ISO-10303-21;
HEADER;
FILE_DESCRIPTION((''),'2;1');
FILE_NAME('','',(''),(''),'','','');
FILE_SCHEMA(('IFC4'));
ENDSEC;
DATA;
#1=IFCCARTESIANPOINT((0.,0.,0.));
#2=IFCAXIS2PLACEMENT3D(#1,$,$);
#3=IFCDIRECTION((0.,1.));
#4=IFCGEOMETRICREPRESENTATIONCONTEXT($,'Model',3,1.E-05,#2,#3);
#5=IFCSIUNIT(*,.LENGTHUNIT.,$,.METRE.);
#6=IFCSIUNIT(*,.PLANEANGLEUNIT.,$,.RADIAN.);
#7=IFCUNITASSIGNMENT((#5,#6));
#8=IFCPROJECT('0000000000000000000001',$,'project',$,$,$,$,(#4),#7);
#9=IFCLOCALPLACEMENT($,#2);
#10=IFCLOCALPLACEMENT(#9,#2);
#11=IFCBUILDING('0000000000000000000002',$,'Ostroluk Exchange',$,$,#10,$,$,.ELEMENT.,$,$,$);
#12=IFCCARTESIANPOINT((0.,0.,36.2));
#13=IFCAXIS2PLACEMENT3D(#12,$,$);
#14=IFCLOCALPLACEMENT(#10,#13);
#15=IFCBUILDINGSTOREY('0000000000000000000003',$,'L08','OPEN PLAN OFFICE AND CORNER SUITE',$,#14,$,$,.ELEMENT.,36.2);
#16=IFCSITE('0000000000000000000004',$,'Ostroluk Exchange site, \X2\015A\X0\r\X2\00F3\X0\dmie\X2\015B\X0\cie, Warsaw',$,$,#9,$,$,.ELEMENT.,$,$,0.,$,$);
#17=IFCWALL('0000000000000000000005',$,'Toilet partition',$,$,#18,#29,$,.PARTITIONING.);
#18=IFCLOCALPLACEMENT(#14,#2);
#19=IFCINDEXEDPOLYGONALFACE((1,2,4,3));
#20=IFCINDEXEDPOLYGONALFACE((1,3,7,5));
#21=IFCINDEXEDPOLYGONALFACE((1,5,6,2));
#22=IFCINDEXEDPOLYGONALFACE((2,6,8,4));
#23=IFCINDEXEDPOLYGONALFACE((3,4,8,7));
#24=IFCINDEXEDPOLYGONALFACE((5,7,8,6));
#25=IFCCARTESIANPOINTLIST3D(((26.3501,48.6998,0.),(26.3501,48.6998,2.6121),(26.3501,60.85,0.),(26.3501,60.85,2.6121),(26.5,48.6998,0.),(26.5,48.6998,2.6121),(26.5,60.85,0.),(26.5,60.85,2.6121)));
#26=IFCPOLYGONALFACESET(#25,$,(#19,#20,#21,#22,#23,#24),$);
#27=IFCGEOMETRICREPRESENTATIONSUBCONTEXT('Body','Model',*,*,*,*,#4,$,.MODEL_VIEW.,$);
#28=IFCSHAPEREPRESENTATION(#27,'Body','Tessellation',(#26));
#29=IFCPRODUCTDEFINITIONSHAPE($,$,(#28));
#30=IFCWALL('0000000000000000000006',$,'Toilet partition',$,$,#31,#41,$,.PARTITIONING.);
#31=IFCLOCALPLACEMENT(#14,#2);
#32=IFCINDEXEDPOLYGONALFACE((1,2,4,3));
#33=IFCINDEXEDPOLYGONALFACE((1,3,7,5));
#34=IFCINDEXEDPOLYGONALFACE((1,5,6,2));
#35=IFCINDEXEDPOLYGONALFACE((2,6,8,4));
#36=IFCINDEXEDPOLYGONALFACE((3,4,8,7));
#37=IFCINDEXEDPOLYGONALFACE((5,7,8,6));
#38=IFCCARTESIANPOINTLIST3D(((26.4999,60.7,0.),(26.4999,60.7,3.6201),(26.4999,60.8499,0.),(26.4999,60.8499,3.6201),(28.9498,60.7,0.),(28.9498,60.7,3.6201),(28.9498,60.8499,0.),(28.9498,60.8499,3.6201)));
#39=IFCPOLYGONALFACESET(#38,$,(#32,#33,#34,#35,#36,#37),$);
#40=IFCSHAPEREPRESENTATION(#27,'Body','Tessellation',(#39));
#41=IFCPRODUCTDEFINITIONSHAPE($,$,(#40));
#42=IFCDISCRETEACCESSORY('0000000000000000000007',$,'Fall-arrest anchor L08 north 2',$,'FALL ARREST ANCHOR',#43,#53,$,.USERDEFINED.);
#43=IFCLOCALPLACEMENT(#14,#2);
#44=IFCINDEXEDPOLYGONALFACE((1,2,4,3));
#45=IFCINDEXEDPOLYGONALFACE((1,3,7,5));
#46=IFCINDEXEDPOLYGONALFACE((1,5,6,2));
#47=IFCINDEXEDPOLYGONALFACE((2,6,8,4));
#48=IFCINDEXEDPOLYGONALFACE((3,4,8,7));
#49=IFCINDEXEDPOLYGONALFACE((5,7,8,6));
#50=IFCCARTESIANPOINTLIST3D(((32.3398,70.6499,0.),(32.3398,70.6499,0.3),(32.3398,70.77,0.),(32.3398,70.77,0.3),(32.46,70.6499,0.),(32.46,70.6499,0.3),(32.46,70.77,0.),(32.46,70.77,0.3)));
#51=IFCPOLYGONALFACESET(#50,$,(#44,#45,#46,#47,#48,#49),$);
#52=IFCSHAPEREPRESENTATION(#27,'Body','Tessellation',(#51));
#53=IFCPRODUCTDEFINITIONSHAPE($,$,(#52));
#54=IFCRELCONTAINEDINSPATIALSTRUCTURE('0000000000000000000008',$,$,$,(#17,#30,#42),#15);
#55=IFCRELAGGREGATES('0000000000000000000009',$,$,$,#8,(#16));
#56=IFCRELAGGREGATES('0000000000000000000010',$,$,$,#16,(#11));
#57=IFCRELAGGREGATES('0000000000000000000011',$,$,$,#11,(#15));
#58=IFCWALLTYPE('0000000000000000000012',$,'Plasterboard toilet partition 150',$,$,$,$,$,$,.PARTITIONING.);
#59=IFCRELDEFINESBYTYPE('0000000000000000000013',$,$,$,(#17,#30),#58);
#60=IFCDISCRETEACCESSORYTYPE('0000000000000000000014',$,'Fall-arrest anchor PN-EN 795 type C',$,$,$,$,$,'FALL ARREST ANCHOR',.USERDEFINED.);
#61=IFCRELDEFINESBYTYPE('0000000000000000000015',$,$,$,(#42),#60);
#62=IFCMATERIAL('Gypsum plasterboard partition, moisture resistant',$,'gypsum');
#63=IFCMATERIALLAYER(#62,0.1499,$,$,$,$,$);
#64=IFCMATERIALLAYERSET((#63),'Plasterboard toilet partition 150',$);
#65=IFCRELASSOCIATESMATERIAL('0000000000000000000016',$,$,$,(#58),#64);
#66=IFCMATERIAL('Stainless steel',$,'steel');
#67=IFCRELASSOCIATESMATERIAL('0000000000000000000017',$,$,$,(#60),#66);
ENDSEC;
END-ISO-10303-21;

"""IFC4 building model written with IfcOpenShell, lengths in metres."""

from ifc_helpers import new_model, si_unit, direction, frame, frame_2d, origin, origin_2d, place, context, subcontext, project, spatial, rectangle, extrude, material, layer, layer_set, type_object, element, save


model = new_model("IFC4")

# Units and contexts
model_context = context("Model", 3, precision=1e-05, world=origin(), true_north=direction((0.0, 1.0)))
body_context = subcontext(model_context, "Body", "Model", "MODEL_VIEW")
ifc_project = project(units=[si_unit("LENGTHUNIT", "METRE"), si_unit("PLANEANGLEUNIT", "RADIAN")], contexts=[model_context])

# Site, building, storey
site_placement = place(None, origin())
site = spatial("IfcSite", under=ifc_project, at=site_placement, Name="Ostroluk Exchange site, Śródmieście, Warsaw", CompositionType="ELEMENT", RefElevation=0.0)
building_placement = place(site_placement, origin())
building = spatial("IfcBuilding", under=site, at=building_placement, Name="Ostroluk Exchange", CompositionType="ELEMENT")
storey_placement = place(building_placement, frame((0.0, 0.0, 36.2)))
storey = spatial("IfcBuildingStorey", under=building, at=storey_placement, Name="L08", Description="OPEN PLAN OFFICE AND CORNER SUITE", CompositionType="ELEMENT", Elevation=36.2)

# Walls
ifc_material_1 = material(Name="Gypsum plasterboard partition, moisture resistant", Category="gypsum")
ifc_layer_1 = layer(ifc_material_1, 0.1499)
ifc_layer_set_1 = layer_set([ifc_layer_1], Name="Plasterboard toilet partition 150")
wall_type_1 = type_object("IfcWallType", Name="Plasterboard toilet partition 150", PredefinedType="PARTITIONING", material=ifc_layer_set_1)
wall_1_placement = place(storey_placement, frame((26.425, 60.8501, 0.0), z_axis=(0.0, 0.0, 1.0), x_axis=(0.0, -1.0, 0.0)))
element("IfcWall", 1, at=wall_1_placement, inside=storey, type_object=wall_type_1, Name="Toilet partition", PredefinedType="PARTITIONING", context=body_context, shape_type="SweptSolid", body=[
    extrude(rectangle(XDim=12.1501, YDim=0.1499, at=frame_2d((6.0752, 0.0))), origin(), (0.0, 0.0, 1.0), 2.6121),
])
wall_2_placement = place(storey_placement, frame((28.95, 60.7749, 0.0), z_axis=(0.0, 0.0, 1.0), x_axis=(-1.0, 0.0, 0.0)))
element("IfcWall", 2, at=wall_2_placement, inside=storey, type_object=wall_type_1, Name="Toilet partition", PredefinedType="PARTITIONING", context=body_context, shape_type="SweptSolid", body=[
    extrude(rectangle(XDim=2.45, YDim=0.1499, at=frame_2d((1.2251, 0.0))), origin(), (0.0, 0.0, 1.0), 3.6201),
])

# Discrete accessory
ifc_material_2 = material(Name="Stainless steel", Category="steel")
discrete_accessory_type = type_object("IfcDiscreteAccessoryType", Name="Fall-arrest anchor PN-EN 795 type C", ElementType="FALL ARREST ANCHOR", PredefinedType="USERDEFINED", material=ifc_material_2)
discrete_accessory_placement = place(storey_placement, frame((32.3999, 70.71, 0.0), z_axis=(0.0, 0.0, 1.0), x_axis=(1.0, 0.0, 0.0)))
element("IfcDiscreteAccessory", 3, at=discrete_accessory_placement, inside=storey, type_object=discrete_accessory_type, Name="Fall-arrest anchor L08 north 2", ObjectType="FALL ARREST ANCHOR", PredefinedType="USERDEFINED", context=body_context, shape_type="SweptSolid", body=[
    extrude(rectangle(XDim=0.1201, YDim=0.1201, at=origin_2d()), origin(), (0.0, 0.0, 1.0), 0.3),
])

save(model, "model.ifc")
